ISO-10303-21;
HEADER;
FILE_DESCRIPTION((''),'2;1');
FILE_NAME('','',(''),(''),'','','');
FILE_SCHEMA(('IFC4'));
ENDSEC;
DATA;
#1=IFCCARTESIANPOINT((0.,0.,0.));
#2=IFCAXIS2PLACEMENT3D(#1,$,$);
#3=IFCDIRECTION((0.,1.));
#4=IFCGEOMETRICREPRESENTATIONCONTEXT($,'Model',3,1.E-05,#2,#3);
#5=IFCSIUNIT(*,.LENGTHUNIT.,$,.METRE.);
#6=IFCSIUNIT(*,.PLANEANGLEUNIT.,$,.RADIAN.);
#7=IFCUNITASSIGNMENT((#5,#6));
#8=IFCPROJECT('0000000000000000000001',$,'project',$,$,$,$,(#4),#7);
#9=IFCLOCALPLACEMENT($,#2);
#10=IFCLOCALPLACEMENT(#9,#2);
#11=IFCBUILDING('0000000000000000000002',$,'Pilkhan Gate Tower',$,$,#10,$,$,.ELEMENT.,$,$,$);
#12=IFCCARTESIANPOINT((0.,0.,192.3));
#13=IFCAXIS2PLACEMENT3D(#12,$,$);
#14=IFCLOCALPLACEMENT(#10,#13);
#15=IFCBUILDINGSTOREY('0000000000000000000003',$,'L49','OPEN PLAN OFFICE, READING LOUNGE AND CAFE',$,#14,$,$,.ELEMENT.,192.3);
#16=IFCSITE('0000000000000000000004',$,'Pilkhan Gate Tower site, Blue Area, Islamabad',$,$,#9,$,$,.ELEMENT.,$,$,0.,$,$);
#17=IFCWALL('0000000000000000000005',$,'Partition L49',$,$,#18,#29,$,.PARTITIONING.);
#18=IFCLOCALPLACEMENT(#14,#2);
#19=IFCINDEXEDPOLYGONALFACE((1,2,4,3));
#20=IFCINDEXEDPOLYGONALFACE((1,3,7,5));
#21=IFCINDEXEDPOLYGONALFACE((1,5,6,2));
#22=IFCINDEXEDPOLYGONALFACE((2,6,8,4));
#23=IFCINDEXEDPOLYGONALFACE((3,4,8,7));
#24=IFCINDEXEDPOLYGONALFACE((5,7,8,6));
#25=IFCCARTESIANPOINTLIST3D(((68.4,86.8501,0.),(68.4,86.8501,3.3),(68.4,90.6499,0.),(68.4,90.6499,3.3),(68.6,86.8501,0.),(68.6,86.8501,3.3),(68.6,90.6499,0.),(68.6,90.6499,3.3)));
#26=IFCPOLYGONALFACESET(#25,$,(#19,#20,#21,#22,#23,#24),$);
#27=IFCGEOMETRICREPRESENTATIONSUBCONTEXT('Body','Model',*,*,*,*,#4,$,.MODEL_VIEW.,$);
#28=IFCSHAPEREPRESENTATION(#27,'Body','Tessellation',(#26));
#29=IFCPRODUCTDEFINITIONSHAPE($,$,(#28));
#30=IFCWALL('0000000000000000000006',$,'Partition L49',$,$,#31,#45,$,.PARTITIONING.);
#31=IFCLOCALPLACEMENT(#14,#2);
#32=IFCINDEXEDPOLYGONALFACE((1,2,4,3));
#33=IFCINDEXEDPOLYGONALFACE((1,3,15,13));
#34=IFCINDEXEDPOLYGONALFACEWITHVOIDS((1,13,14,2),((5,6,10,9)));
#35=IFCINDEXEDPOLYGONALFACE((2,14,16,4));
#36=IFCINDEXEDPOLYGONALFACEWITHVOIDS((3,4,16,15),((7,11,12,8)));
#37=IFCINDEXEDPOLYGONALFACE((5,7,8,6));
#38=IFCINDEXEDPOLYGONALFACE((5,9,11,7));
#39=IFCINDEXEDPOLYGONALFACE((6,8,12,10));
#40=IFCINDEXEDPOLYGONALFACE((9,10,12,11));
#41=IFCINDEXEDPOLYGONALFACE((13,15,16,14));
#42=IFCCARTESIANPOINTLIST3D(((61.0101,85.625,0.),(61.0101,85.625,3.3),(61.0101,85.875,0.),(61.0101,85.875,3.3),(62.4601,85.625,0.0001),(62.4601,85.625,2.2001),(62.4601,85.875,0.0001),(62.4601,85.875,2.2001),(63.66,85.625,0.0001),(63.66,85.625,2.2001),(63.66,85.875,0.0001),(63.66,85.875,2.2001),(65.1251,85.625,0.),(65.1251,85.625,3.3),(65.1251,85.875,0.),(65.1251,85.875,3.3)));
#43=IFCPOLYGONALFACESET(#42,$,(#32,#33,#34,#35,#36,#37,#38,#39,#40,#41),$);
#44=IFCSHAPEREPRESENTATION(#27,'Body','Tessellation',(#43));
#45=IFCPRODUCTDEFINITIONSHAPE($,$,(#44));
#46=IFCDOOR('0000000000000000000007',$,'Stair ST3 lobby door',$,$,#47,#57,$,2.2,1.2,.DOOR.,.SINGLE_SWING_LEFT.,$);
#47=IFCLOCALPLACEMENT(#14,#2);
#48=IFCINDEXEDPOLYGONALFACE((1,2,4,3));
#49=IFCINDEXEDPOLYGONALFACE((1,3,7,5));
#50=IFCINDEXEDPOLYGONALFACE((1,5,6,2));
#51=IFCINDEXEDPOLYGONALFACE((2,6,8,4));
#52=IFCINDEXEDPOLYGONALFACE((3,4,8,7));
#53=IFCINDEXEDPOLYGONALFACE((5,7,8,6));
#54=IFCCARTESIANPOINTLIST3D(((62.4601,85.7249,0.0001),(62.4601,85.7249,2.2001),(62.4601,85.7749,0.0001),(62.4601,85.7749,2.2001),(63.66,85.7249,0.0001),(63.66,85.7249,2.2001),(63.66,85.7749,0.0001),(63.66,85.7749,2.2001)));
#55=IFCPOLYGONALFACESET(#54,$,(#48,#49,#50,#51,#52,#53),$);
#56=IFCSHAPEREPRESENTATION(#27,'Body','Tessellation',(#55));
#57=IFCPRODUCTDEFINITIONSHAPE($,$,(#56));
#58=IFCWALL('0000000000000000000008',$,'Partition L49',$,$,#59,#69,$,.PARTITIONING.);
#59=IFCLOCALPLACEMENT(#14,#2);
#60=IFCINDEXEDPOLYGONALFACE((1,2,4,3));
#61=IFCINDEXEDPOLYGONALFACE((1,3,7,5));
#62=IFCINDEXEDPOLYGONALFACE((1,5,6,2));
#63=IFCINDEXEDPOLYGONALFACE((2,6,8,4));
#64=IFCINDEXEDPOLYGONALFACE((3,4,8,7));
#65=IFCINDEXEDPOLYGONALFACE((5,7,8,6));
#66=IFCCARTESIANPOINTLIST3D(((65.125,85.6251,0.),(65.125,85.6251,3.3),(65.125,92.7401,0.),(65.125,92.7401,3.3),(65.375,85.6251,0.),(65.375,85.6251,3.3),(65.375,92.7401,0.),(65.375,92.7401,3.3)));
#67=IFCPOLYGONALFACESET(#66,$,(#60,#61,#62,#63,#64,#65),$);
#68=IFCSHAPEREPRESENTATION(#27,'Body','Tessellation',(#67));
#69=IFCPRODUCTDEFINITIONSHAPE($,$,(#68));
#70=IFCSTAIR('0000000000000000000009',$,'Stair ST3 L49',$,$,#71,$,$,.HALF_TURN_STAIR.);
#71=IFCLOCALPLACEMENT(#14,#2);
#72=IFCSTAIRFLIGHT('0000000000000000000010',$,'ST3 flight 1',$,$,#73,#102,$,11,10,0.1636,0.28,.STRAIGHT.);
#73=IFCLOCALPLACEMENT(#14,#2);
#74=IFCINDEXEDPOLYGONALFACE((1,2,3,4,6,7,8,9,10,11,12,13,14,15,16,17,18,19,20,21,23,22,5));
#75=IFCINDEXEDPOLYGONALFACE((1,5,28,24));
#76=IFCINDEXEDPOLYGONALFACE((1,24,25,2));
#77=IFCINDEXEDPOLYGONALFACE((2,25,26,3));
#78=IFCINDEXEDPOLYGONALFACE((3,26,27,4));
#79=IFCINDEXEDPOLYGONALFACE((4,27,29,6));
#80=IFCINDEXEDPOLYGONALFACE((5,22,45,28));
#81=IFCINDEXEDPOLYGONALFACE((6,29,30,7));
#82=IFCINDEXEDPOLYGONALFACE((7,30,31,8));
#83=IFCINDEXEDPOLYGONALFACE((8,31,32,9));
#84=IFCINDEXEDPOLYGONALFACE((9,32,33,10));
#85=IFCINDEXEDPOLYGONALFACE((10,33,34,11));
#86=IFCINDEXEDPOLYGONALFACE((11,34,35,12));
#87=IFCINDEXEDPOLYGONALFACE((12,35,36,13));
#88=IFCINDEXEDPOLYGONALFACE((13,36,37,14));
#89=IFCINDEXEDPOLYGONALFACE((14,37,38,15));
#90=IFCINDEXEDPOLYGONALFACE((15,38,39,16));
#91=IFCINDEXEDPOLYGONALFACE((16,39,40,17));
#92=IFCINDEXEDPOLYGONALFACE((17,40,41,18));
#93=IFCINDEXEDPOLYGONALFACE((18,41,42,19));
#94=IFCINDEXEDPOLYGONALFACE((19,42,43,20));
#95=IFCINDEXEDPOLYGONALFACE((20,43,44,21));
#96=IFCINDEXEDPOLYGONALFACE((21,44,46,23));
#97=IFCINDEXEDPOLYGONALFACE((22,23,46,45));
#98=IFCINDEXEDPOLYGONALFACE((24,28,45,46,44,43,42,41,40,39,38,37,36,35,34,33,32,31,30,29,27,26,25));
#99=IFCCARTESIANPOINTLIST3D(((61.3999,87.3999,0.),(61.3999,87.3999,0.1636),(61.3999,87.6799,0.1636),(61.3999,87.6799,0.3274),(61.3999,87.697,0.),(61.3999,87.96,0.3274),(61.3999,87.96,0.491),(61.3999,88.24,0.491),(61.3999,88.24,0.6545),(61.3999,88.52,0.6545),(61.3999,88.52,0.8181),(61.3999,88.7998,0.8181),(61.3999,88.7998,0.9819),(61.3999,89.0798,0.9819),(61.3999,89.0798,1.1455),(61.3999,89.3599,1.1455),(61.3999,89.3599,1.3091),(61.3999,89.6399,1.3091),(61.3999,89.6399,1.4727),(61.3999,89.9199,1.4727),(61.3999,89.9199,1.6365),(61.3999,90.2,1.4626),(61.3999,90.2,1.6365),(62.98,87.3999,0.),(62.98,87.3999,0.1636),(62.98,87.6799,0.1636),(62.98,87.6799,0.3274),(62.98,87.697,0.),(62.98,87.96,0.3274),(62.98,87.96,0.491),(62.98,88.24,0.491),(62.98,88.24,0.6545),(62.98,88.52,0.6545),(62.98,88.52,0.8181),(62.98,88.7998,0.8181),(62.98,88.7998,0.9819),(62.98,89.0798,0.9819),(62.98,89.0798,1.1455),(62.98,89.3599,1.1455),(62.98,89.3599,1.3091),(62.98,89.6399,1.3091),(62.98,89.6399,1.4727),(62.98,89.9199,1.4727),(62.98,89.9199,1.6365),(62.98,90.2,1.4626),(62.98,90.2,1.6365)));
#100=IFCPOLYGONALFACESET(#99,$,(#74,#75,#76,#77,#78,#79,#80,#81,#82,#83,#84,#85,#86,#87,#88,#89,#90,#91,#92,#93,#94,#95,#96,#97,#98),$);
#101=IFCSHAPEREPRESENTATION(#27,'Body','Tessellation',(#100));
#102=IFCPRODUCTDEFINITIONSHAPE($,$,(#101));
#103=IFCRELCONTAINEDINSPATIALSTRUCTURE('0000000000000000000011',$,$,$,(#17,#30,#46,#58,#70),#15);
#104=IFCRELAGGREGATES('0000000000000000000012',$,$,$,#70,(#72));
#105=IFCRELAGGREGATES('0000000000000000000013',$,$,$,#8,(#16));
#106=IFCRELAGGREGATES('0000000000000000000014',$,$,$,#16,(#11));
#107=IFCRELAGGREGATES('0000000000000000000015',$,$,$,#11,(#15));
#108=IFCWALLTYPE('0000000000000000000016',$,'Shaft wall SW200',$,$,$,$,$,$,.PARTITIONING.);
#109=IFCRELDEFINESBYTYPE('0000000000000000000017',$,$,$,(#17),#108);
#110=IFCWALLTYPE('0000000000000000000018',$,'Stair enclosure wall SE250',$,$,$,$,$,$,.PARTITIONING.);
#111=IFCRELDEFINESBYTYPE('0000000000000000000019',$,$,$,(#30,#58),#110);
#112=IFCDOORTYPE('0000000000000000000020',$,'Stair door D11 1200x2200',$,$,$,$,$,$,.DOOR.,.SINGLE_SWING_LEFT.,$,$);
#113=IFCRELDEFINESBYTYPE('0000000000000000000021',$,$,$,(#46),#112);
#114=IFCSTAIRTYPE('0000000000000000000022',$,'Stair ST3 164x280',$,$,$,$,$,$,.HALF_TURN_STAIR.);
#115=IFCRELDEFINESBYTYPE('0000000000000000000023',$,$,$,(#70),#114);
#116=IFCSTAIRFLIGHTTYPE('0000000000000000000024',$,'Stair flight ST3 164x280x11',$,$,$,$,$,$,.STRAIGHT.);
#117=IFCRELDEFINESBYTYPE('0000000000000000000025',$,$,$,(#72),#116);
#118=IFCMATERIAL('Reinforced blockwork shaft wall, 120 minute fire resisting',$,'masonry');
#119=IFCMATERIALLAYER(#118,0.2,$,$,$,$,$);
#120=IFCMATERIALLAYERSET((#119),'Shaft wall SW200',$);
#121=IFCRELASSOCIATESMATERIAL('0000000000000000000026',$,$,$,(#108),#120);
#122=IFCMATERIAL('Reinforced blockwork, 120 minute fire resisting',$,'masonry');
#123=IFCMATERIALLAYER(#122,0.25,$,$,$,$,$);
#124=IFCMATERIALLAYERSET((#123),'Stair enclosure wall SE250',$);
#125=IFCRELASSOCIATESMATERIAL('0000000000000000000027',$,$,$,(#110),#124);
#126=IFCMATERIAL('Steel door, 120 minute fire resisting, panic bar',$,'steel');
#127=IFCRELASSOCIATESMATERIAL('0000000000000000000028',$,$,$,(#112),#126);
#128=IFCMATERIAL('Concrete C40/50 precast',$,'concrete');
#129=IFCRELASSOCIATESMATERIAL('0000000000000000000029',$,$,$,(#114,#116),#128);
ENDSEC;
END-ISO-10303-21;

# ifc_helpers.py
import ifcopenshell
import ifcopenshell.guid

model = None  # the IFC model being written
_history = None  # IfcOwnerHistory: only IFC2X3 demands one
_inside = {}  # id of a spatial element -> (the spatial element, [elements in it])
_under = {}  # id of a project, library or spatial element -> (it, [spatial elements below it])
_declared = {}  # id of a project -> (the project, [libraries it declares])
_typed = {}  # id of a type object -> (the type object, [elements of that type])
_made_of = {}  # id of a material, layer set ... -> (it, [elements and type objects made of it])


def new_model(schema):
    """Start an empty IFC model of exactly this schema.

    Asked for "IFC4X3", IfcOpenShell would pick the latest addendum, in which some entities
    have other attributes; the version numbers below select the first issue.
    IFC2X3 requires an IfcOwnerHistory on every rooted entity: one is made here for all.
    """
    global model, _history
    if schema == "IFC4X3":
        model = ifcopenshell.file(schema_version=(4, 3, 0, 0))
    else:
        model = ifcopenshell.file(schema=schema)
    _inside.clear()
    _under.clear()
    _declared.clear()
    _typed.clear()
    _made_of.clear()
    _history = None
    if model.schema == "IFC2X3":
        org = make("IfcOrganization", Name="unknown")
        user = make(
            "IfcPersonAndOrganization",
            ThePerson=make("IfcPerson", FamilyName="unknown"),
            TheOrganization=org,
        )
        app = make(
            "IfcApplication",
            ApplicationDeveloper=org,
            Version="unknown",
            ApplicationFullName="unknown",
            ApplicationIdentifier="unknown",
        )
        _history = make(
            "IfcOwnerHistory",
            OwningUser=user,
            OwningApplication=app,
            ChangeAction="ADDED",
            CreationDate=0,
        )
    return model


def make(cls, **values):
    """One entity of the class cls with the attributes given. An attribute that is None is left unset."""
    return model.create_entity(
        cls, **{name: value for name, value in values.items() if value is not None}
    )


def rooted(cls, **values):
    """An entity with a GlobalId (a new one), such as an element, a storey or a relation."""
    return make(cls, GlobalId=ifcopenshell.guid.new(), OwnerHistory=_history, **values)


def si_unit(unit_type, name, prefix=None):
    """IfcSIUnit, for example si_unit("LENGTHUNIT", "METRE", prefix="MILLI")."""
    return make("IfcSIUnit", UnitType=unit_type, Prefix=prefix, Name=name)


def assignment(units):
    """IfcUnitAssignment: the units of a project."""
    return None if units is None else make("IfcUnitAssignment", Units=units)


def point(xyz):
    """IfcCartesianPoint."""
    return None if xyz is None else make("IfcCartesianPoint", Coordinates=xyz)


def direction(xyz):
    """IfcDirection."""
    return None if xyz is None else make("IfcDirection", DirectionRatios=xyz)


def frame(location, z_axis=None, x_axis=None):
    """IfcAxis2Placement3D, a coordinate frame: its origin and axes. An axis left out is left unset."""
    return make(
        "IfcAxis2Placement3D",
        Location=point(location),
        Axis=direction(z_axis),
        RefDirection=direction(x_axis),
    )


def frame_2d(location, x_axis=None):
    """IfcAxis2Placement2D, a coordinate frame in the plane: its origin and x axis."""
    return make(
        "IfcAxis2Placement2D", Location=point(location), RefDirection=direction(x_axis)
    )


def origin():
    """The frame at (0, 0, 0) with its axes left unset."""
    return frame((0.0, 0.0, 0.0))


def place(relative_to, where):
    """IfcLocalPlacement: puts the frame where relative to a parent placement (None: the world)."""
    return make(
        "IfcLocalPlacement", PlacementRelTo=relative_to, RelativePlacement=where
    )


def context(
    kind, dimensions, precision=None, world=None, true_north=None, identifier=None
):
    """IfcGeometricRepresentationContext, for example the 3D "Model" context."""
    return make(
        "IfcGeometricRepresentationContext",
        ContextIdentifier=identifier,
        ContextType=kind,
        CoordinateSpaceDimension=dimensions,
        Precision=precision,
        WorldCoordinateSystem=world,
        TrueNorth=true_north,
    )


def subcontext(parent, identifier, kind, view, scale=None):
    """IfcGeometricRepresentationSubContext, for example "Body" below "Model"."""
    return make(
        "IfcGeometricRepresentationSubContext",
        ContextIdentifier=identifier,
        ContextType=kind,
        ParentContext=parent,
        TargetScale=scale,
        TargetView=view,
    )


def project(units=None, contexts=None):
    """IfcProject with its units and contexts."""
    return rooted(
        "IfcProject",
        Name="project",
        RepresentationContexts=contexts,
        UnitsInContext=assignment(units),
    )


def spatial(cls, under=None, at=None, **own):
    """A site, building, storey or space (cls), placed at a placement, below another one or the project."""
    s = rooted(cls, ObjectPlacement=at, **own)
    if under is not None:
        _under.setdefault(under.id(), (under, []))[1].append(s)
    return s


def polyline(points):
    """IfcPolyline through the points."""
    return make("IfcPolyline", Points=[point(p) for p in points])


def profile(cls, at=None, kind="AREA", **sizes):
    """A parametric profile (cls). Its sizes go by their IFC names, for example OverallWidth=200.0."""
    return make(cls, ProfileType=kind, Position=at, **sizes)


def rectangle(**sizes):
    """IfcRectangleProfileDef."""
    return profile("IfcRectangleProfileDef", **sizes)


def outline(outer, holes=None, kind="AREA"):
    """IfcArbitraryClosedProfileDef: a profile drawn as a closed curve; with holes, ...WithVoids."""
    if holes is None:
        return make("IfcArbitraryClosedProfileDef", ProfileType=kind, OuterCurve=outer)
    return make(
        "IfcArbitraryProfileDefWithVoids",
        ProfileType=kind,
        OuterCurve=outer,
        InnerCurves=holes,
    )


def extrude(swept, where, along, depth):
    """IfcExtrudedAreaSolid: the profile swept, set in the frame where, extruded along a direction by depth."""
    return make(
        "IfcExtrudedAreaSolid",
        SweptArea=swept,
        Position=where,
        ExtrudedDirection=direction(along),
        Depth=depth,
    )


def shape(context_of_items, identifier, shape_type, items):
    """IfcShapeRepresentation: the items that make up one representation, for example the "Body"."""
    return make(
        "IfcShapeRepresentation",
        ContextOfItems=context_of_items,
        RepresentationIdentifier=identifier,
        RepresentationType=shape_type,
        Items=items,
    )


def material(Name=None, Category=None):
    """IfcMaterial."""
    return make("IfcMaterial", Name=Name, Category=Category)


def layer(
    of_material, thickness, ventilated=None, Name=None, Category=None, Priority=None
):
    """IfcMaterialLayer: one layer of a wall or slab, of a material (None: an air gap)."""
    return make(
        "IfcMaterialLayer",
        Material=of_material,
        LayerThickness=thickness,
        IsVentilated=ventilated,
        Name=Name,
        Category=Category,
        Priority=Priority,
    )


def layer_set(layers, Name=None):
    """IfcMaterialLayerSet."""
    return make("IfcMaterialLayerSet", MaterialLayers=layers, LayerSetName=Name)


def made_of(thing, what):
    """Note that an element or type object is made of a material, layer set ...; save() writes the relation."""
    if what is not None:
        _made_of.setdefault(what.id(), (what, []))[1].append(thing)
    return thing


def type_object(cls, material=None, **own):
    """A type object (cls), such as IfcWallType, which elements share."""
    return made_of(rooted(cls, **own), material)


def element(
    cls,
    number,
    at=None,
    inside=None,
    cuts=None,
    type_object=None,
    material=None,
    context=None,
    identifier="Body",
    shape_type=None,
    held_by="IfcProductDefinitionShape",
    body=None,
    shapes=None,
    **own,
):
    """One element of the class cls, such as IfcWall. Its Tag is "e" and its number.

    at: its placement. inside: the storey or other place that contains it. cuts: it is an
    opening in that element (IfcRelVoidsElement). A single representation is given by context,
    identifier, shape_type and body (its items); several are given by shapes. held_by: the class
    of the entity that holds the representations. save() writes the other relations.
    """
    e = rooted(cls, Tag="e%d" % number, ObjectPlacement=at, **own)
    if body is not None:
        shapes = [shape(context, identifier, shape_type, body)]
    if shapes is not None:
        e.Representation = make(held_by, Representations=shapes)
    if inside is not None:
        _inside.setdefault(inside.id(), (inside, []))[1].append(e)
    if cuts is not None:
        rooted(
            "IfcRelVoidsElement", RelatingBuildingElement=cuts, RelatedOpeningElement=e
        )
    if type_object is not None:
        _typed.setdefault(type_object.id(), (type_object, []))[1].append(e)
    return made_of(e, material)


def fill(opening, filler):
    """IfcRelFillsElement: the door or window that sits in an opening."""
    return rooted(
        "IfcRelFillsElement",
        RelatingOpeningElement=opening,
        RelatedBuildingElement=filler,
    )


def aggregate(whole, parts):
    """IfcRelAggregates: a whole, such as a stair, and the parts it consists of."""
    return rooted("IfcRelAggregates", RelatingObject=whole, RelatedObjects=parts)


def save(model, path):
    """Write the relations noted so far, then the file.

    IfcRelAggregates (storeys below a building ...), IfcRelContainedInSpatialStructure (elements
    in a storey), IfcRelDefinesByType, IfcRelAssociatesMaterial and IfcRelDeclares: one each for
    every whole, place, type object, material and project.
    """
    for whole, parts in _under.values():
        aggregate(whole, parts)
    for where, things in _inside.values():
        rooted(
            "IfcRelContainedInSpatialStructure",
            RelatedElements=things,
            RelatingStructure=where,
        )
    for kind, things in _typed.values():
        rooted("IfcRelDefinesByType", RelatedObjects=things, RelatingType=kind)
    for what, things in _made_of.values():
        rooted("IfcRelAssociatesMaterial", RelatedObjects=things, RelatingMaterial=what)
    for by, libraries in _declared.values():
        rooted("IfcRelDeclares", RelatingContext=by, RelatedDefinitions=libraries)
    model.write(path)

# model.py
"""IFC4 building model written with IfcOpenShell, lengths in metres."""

from ifc_helpers import new_model, si_unit, direction, frame, frame_2d, origin, place, context, subcontext, project, spatial, polyline, rectangle, outline, extrude, material, layer, layer_set, type_object, element, fill, aggregate, save


model = new_model("IFC4")

# Units and contexts
model_context = context("Model", 3, precision=1e-05, world=origin(), true_north=direction((0.0, 1.0)))
body_context = subcontext(model_context, "Body", "Model", "MODEL_VIEW")
ifc_project = project(units=[si_unit("LENGTHUNIT", "METRE"), si_unit("PLANEANGLEUNIT", "RADIAN")], contexts=[model_context])

# Site, building, storey
site_placement = place(None, origin())
site = spatial("IfcSite", under=ifc_project, at=site_placement, Name="Pilkhan Gate Tower site, Blue Area, Islamabad", CompositionType="ELEMENT", RefElevation=0.0)
building_placement = place(site_placement, origin())
building = spatial("IfcBuilding", under=site, at=building_placement, Name="Pilkhan Gate Tower", CompositionType="ELEMENT")
storey_placement = place(building_placement, frame((0.0, 0.0, 192.3)))
storey = spatial("IfcBuildingStorey", under=building, at=storey_placement, Name="L49", Description="OPEN PLAN OFFICE, READING LOUNGE AND CAFE", CompositionType="ELEMENT", Elevation=192.3)

# Shared definitions
ifc_material_1 = material(Name="Reinforced blockwork shaft wall, 120 minute fire resisting", Category="masonry")
ifc_layer_1 = layer(ifc_material_1, 0.2)
ifc_layer_set_1 = layer_set([ifc_layer_1], Name="Shaft wall SW200")
wall_type_1 = type_object("IfcWallType", Name="Shaft wall SW200", PredefinedType="PARTITIONING", material=ifc_layer_set_1)

# Wall
wall_1_placement = place(storey_placement, frame((68.5, 86.8501, 0.0), z_axis=(0.0, 0.0, 1.0), x_axis=(0.0, 1.0, 0.0)))
element("IfcWall", 1, at=wall_1_placement, inside=storey, type_object=wall_type_1, Name="Partition L49", PredefinedType="PARTITIONING", context=body_context, shape_type="SweptSolid", body=[
    extrude(rectangle(XDim=3.7998, YDim=0.2, at=frame_2d((1.8999, 0.0))), origin(), (0.0, 0.0, 1.0), 3.3),
])

# Wall, opening, door
ifc_material_2 = material(Name="Reinforced blockwork, 120 minute fire resisting", Category="masonry")
ifc_layer_2 = layer(ifc_material_2, 0.25)
ifc_layer_set_2 = layer_set([ifc_layer_2], Name="Stair enclosure wall SE250")
wall_type_2 = type_object("IfcWallType", Name="Stair enclosure wall SE250", PredefinedType="PARTITIONING", material=ifc_layer_set_2)
wall_2_placement = place(storey_placement, frame((61.01, 85.75, 0.0), z_axis=(0.0, 0.0, 1.0), x_axis=(1.0, 0.0, 0.0)))
wall_2 = element("IfcWall", 2, at=wall_2_placement, inside=storey, type_object=wall_type_2, Name="Partition L49", PredefinedType="PARTITIONING", context=body_context, shape_type="SweptSolid", body=[
    extrude(rectangle(XDim=4.115, YDim=0.25, at=frame_2d((2.0576, 0.0))), origin(), (0.0, 0.0, 1.0), 3.3),
])
opening_1_placement = place(wall_2_placement, frame((1.45, 0.0, 0.0)))
opening_1 = element("IfcOpeningElement", 3, at=opening_1_placement, cuts=wall_2, PredefinedType="OPENING", context=body_context, shape_type="SweptSolid", body=[
    extrude(rectangle(XDim=1.2, YDim=2.2, at=frame_2d((0.6001, 1.1001))), frame((0.0, 0.135, 0.0), z_axis=(0.0, -1.0, 0.0), x_axis=(1.0, 0.0, 0.0)), (0.0, 0.0, 1.0), 0.27),
])
ifc_material_3 = material(Name="Steel door, 120 minute fire resisting, panic bar", Category="steel")
door_type_1 = type_object("IfcDoorType", Name="Stair door D11 1200x2200", OperationType="SINGLE_SWING_LEFT", PredefinedType="DOOR", material=ifc_material_3)
door_1_placement = place(opening_1_placement, origin())
door_1 = element("IfcDoor", 4, at=door_1_placement, inside=storey, type_object=door_type_1, Name="Stair ST3 lobby door", OperationType="SINGLE_SWING_LEFT", OverallHeight=2.2, OverallWidth=1.2, PredefinedType="DOOR", context=body_context, shape_type="SweptSolid", body=[
    extrude(rectangle(XDim=1.2, YDim=2.2, at=frame_2d((0.6001, 1.1001))), frame((0.0, 0.0249, 0.0), z_axis=(0.0, -1.0, 0.0), x_axis=(1.0, 0.0, 0.0)), (0.0, 0.0, 1.0), 0.05),
])
fill(opening_1, door_1)

# Wall
wall_3_placement = place(storey_placement, frame((65.25, 85.625, 0.0), z_axis=(0.0, 0.0, 1.0), x_axis=(0.0, 1.0, 0.0)))
element("IfcWall", 5, at=wall_3_placement, inside=storey, type_object=wall_type_2, Name="Partition L49", PredefinedType="PARTITIONING", context=body_context, shape_type="SweptSolid", body=[
    extrude(rectangle(XDim=7.115, YDim=0.25, at=frame_2d((3.5576, 0.0))), origin(), (0.0, 0.0, 1.0), 3.3),
])

# Stair, stair flight
ifc_material_4 = material(Name="Concrete C40/50 precast", Category="concrete")
stair_type = type_object("IfcStairType", Name="Stair ST3 164x280", PredefinedType="HALF_TURN_STAIR", material=ifc_material_4)
stair_placement = place(storey_placement, origin())
stair = element("IfcStair", 6, at=stair_placement, inside=storey, type_object=stair_type, Name="Stair ST3 L49", PredefinedType="HALF_TURN_STAIR")
stair_flight_type = type_object("IfcStairFlightType", Name="Stair flight ST3 164x280x11", PredefinedType="STRAIGHT", material=ifc_material_4)
stair_flight_placement = place(storey_placement, frame((62.1899, 87.3999, 0.0), z_axis=(0.0, 0.0, 1.0), x_axis=(0.0, 1.0, 0.0)))
stair_flight = element("IfcStairFlight", 7, at=stair_flight_placement, type_object=stair_flight_type, Name="ST3 flight 1", NumberOfRisers=11, NumberOfTreads=10, PredefinedType="STRAIGHT", RiserHeight=0.1636, TreadLength=0.28, context=body_context, shape_type="SweptSolid", body=[
    extrude(outline(polyline([(0.0, 0.0), (0.0, 0.1636), (0.28, 0.1636), (0.28, 0.3274), (0.5601, 0.3274), (0.5601, 0.491), (0.8401, 0.491), (0.8401, 0.6545), (1.1201, 0.6545), (1.1201, 0.8181), (1.3999, 0.8181), (1.3999, 0.9819), (1.6799, 0.9819), (1.6799, 1.1455), (1.96, 1.1455), (1.96, 1.3091), (2.24, 1.3091), (2.24, 1.4727), (2.52, 1.4727), (2.52, 1.6365), (2.8, 1.6365), (2.8, 1.8), (2.8, 1.4626), (0.2971, 0.0), (0.0, 0.0)])), frame((0.0, 0.79, 0.0), z_axis=(0.0, -1.0, 0.0), x_axis=(1.0, 0.0, 0.0)), (0.0, 0.0, 1.0), 1.5801),
])
aggregate(stair, [stair_flight])

save(model, "model.ifc")
